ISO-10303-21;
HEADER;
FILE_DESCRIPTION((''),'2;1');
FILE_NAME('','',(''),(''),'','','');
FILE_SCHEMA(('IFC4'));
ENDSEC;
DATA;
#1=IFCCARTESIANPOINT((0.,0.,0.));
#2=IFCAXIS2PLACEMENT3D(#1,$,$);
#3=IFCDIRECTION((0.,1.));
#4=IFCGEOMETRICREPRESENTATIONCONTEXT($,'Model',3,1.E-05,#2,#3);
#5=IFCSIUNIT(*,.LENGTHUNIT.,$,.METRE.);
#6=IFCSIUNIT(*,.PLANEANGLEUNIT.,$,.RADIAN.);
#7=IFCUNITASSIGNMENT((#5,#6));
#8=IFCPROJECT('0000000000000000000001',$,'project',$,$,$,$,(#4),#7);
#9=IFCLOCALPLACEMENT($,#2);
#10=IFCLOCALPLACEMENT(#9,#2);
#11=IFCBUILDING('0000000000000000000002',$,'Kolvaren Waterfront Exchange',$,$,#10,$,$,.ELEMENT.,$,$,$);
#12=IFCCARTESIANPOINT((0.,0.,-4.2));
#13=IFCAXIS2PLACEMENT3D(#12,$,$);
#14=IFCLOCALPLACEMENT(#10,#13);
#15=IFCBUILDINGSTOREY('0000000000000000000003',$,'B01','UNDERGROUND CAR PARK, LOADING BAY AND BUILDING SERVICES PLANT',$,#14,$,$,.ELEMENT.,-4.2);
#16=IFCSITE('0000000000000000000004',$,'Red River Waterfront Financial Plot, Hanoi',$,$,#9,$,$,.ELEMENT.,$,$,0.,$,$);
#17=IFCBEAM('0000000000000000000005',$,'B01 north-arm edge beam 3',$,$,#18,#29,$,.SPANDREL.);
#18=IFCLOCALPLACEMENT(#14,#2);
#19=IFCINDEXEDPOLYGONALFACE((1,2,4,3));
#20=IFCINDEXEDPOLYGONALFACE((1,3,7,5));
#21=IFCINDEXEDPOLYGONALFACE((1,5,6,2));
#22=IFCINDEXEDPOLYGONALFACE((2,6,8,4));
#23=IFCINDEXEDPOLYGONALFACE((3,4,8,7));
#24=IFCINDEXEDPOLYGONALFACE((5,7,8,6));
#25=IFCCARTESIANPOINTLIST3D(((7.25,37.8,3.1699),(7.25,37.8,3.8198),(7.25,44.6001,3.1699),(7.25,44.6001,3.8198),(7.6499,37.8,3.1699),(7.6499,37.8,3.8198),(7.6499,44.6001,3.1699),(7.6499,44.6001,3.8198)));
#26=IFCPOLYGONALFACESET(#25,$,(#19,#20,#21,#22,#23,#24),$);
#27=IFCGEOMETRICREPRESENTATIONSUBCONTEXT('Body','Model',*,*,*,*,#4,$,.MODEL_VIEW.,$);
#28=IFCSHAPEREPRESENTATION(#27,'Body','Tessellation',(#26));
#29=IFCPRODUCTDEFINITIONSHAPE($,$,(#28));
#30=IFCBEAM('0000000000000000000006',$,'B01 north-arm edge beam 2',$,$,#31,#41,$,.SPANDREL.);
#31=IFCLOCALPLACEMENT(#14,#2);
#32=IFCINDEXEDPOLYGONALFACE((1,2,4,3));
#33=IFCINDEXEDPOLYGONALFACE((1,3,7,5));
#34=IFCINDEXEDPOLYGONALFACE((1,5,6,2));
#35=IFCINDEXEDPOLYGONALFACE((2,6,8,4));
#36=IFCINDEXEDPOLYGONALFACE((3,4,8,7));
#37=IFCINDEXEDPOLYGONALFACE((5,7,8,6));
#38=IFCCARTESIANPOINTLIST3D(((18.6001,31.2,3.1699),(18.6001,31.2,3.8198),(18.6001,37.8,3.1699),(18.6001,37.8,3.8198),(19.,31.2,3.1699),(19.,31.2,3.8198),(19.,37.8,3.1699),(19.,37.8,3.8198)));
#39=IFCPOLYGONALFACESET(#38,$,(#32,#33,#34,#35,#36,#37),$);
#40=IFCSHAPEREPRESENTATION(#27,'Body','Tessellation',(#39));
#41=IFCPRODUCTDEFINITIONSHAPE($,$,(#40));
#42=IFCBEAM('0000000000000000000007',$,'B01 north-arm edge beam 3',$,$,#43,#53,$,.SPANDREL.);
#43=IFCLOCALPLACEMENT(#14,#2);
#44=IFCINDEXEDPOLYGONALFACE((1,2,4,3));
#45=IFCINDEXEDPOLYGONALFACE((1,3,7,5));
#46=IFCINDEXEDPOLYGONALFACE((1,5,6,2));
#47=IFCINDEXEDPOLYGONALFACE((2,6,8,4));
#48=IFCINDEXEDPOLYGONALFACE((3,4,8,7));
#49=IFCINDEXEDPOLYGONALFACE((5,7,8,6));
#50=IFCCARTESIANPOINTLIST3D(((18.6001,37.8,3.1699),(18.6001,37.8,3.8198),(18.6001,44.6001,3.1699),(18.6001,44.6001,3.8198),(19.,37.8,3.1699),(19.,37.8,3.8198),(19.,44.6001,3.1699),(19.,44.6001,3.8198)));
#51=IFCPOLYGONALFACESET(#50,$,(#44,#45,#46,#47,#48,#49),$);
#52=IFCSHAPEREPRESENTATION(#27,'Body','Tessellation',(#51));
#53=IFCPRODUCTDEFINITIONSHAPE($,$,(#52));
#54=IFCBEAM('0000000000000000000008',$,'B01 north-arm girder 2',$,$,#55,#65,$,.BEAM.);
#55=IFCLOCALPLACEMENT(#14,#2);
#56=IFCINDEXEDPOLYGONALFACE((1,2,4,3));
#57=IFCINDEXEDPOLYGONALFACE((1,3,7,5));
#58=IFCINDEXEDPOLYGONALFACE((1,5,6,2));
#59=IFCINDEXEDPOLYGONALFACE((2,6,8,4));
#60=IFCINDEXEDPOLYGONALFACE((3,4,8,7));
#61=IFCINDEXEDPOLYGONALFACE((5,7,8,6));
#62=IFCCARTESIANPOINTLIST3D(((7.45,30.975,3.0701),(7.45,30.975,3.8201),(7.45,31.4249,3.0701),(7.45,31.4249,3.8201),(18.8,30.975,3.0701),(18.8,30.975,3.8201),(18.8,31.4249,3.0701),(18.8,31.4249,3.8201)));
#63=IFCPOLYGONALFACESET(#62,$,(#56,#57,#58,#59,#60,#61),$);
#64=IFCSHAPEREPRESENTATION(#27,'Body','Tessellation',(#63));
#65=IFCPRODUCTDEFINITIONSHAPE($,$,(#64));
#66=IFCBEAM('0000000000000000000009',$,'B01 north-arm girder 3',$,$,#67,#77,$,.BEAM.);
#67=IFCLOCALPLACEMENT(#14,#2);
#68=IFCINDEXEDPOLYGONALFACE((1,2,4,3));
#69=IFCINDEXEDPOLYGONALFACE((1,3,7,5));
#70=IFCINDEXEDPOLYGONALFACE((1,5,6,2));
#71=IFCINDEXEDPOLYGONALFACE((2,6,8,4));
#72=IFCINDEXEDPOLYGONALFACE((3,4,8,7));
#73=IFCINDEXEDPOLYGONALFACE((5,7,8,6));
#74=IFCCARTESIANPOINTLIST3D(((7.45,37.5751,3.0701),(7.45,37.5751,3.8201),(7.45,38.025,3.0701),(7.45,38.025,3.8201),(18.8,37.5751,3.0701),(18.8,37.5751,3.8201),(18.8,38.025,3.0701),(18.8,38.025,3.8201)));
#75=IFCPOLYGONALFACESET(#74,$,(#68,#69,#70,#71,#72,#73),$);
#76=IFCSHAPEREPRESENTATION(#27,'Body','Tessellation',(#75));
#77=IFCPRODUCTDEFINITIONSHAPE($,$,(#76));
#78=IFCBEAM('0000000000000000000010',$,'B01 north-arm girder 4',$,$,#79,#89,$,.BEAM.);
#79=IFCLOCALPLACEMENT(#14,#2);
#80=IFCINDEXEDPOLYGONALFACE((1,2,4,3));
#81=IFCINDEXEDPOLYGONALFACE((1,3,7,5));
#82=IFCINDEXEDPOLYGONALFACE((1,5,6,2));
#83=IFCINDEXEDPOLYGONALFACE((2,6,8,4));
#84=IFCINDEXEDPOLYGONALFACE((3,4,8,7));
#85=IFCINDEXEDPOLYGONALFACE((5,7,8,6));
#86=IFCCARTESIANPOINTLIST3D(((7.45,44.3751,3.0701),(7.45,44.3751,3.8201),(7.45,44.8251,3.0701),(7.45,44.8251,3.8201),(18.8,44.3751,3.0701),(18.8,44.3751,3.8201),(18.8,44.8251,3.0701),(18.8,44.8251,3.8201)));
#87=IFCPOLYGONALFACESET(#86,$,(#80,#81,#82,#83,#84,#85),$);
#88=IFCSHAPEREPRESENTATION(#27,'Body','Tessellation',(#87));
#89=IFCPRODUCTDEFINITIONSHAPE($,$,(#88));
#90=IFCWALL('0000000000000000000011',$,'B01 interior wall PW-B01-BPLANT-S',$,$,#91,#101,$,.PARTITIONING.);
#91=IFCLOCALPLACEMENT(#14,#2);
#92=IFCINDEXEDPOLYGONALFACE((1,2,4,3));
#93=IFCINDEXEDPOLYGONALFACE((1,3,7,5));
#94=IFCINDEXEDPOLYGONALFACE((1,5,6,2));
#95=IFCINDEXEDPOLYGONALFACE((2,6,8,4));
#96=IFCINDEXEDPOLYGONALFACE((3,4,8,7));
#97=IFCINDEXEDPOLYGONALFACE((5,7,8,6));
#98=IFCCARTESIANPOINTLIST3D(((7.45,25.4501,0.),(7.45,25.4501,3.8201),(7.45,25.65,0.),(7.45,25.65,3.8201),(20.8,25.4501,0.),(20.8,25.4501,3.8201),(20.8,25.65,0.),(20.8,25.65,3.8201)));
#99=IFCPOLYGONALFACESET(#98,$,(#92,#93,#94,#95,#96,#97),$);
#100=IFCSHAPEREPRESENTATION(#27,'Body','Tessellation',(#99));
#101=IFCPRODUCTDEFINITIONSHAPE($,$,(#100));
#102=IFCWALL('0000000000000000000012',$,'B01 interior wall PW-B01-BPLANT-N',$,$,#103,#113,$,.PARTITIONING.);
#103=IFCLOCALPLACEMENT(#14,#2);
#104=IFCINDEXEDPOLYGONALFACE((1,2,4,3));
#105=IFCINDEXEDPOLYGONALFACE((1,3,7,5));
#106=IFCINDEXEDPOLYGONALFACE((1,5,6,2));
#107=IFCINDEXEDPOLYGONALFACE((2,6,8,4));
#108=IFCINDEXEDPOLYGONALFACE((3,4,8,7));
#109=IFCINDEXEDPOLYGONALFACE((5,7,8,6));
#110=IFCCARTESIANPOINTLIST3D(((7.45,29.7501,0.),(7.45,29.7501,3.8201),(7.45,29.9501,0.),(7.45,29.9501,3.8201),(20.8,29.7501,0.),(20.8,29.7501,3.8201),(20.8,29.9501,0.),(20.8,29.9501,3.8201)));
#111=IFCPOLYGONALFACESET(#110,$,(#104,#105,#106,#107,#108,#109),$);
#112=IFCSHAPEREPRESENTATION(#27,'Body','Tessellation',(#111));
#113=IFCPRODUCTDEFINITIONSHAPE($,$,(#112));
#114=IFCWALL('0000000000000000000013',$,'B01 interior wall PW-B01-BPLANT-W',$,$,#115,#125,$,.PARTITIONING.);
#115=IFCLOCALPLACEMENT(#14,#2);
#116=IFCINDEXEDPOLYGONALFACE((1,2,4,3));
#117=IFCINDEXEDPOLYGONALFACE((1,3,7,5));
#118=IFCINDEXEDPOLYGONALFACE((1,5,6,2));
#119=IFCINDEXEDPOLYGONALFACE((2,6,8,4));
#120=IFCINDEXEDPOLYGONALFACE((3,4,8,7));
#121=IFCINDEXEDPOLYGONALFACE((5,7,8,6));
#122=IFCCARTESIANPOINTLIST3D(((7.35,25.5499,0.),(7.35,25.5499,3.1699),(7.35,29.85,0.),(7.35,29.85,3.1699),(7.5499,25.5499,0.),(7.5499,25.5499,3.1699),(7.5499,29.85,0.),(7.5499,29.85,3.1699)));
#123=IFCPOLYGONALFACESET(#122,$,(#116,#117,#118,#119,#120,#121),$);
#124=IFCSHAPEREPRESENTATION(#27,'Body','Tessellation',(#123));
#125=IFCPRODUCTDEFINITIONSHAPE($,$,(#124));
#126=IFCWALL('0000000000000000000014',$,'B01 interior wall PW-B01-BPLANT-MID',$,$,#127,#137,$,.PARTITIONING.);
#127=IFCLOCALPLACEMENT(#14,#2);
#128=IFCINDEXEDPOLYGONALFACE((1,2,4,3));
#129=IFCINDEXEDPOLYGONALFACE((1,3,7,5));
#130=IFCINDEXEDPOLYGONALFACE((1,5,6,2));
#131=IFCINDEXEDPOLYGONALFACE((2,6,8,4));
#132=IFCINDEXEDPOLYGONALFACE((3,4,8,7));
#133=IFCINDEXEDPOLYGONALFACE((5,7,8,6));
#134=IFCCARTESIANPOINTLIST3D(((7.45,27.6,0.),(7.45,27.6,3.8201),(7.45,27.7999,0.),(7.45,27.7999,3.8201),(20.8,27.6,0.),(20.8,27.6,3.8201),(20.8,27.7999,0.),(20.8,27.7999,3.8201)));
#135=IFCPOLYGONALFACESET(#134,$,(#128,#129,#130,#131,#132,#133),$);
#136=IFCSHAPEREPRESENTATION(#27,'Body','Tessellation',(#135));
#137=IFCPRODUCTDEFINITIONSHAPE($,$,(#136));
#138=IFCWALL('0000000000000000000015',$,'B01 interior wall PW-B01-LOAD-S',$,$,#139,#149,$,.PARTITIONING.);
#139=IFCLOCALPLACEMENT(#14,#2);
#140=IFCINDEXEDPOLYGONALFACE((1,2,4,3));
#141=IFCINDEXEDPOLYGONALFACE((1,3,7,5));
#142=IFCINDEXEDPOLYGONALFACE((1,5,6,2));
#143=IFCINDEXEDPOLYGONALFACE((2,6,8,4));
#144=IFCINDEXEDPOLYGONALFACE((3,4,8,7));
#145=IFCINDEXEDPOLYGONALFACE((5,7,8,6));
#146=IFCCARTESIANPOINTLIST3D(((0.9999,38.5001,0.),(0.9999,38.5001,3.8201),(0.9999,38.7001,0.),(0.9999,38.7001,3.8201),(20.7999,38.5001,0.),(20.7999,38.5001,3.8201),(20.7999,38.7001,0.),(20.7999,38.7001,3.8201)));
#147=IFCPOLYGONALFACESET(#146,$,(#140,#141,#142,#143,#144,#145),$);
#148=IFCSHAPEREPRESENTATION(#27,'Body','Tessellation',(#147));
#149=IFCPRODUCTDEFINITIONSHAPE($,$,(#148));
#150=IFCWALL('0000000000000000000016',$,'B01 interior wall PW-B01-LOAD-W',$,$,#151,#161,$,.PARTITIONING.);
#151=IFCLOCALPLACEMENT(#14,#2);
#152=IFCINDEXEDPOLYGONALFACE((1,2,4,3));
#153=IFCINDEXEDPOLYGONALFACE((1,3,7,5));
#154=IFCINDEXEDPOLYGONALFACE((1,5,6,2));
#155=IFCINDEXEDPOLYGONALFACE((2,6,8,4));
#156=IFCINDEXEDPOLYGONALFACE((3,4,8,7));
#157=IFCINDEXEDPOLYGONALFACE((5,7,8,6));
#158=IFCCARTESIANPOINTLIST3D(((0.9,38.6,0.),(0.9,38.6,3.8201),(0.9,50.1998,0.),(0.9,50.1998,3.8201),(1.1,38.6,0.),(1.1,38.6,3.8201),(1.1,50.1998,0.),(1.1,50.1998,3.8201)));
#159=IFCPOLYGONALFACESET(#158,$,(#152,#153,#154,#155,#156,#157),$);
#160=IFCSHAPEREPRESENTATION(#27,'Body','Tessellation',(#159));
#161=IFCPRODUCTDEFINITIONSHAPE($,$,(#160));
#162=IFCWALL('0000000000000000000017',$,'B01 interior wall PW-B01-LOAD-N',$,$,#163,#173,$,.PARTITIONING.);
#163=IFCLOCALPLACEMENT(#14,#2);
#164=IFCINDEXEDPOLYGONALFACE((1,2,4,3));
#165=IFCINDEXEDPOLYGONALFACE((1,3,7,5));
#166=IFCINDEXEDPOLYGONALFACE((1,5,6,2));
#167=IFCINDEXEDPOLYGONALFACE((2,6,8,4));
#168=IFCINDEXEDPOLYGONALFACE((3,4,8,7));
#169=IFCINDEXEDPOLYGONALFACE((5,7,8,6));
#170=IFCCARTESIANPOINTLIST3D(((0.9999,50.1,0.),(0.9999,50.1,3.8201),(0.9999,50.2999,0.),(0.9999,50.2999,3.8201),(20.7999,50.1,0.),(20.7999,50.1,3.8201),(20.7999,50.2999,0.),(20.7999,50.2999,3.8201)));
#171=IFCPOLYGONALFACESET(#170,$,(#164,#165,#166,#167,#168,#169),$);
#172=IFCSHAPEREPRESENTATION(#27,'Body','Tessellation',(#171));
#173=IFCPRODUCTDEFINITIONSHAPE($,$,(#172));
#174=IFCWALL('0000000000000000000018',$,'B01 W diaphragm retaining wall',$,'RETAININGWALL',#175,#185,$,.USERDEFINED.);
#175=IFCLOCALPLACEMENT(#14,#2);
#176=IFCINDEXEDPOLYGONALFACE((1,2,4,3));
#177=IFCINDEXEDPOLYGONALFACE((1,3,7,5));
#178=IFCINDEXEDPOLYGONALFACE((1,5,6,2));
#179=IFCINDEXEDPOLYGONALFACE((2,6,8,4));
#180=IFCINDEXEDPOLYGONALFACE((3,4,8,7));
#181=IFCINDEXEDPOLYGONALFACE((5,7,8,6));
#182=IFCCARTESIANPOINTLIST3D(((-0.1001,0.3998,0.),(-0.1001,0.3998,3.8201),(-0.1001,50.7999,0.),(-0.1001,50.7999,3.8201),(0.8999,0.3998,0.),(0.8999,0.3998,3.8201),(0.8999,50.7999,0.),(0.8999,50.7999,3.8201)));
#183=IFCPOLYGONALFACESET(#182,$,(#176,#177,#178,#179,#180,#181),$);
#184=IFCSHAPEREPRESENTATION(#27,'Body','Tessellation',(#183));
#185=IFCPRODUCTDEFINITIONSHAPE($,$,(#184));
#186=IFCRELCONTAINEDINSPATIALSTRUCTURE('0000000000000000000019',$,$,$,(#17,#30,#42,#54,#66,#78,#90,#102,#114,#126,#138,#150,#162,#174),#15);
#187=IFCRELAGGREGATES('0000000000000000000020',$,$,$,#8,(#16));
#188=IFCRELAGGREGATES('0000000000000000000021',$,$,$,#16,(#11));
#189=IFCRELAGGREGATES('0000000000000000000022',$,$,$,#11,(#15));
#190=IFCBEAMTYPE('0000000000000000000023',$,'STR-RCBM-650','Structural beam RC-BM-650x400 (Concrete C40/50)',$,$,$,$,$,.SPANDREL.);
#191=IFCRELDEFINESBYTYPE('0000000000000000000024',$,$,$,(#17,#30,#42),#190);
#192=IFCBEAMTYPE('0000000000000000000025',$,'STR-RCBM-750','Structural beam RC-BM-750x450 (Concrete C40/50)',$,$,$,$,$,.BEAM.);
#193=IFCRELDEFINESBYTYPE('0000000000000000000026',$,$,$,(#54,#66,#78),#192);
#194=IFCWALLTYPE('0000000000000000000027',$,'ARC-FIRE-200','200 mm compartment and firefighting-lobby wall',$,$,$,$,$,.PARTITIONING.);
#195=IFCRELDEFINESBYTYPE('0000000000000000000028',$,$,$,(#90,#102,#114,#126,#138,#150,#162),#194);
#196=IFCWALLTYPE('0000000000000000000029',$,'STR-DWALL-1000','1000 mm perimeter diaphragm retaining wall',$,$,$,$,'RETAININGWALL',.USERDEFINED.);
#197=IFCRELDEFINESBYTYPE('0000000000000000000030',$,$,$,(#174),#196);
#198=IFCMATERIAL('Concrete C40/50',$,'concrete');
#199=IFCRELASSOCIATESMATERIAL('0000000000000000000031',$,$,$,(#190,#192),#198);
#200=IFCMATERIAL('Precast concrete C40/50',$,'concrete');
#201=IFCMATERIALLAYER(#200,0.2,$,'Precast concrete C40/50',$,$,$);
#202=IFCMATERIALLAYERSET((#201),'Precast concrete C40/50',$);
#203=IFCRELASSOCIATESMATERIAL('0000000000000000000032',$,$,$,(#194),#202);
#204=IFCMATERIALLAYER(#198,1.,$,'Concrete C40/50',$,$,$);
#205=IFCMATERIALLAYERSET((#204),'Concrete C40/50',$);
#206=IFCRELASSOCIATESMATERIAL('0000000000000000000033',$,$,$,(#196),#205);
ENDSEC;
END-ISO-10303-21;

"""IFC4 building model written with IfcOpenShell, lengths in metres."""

from ifc_helpers import new_model, si_unit, direction, frame, frame_2d, origin, origin_2d, place, context, subcontext, project, spatial, rectangle, extrude, material, layer, layer_set, material_profile, profile_set, type_object, element, save


model = new_model("IFC4")

# Units and contexts
model_context = context("Model", 3, precision=1e-05, world=origin(), true_north=direction((0.0, 1.0)))
body_context = subcontext(model_context, "Body", "Model", "MODEL_VIEW")
ifc_project = project(units=[si_unit("LENGTHUNIT", "METRE"), si_unit("PLANEANGLEUNIT", "RADIAN")], contexts=[model_context])

# Site, building, storey
site_placement = place(None, origin())
site = spatial("IfcSite", under=ifc_project, at=site_placement, Name="Red River Waterfront Financial Plot, Hanoi", CompositionType="ELEMENT", RefElevation=0.0)
building_placement = place(site_placement, origin())
building = spatial("IfcBuilding", under=site, at=building_placement, Name="Kolvaren Waterfront Exchange", CompositionType="ELEMENT")
storey_placement = place(building_placement, frame((0.0, 0.0, -4.2)))
storey = spatial("IfcBuildingStorey", under=building, at=storey_placement, Name="B01", Description="UNDERGROUND CAR PARK, LOADING BAY AND BUILDING SERVICES PLANT", CompositionType="ELEMENT", Elevation=-4.2)

# Beams
ifc_material_1 = material(Name="Concrete C40/50", Category="concrete")
ifc_material_profile_1 = material_profile(ifc_material_1, rectangle(XDim=0.3999, YDim=0.6499, at=origin_2d()), Name="RC-BM-650x400")
ifc_profile_set_1 = profile_set([ifc_material_profile_1], Name="Concrete C40/50")
beam_type_1 = type_object("IfcBeamType", Name="STR-RCBM-650", Description="Structural beam RC-BM-650x400 (Concrete C40/50)", PredefinedType="SPANDREL", material=ifc_profile_set_1)
beam_1_placement = place(storey_placement, frame((7.45, 37.8, 3.4949), z_axis=(0.0, 1.0, 0.0), x_axis=(-1.0, 0.0, 0.0)))
element("IfcBeam", 1, at=beam_1_placement, inside=storey, type_object=beam_type_1, Name="B01 north-arm edge beam 3", PredefinedType="SPANDREL", context=body_context, shape_type="SweptSolid", body=[
    extrude(rectangle(XDim=0.3999, YDim=0.6499, at=origin_2d()), origin(), (0.0, 0.0, 1.0), 6.8),
])
beam_2_placement = place(storey_placement, frame((18.8, 31.2, 3.4949), z_axis=(0.0, 1.0, 0.0), x_axis=(-1.0, 0.0, 0.0)))
element("IfcBeam", 2, at=beam_2_placement, inside=storey, type_object=beam_type_1, Name="B01 north-arm edge beam 2", PredefinedType="SPANDREL", context=body_context, shape_type="SweptSolid", body=[
    extrude(rectangle(XDim=0.3999, YDim=0.6499, at=origin_2d()), origin(), (0.0, 0.0, 1.0), 6.6001),
])
beam_3_placement = place(storey_placement, frame((18.8, 37.8, 3.4949), z_axis=(0.0, 1.0, 0.0), x_axis=(-1.0, 0.0, 0.0)))
element("IfcBeam", 3, at=beam_3_placement, inside=storey, type_object=beam_type_1, Name="B01 north-arm edge beam 3", PredefinedType="SPANDREL", context=body_context, shape_type="SweptSolid", body=[
    extrude(rectangle(XDim=0.3999, YDim=0.6499, at=origin_2d()), origin(), (0.0, 0.0, 1.0), 6.8),
])
ifc_material_profile_2 = material_profile(ifc_material_1, rectangle(XDim=0.45, YDim=0.75, at=origin_2d()), Name="RC-BM-750x450")
ifc_profile_set_2 = profile_set([ifc_material_profile_2], Name="Concrete C40/50")
beam_type_2 = type_object("IfcBeamType", Name="STR-RCBM-750", Description="Structural beam RC-BM-750x450 (Concrete C40/50)", PredefinedType="BEAM", material=ifc_profile_set_2)
for number, where, z_axis, x_axis, name in (
    (4, (7.45, 31.2, 3.4451), (1.0, 0.0, 0.0), (0.0, 1.0, 0.0), "B01 north-arm girder 2"),
    (5, (7.45, 37.8, 3.4451), (1.0, 0.0, 0.0), (0.0, 1.0, 0.0), "B01 north-arm girder 3"),
    (6, (7.45, 44.6001, 3.4451), (1.0, 0.0, 0.0), (0.0, 1.0, 0.0), "B01 north-arm girder 4"),
):
    element("IfcBeam", number, at=place(storey_placement, frame(where, z_axis=z_axis, x_axis=x_axis)), inside=storey, type_object=beam_type_2, Name=name, PredefinedType="BEAM", context=body_context, shape_type="SweptSolid", body=[
        extrude(rectangle(XDim=0.45, YDim=0.75, at=origin_2d()), origin(), (0.0, 0.0, 1.0), 11.3501),
    ])

# Walls
ifc_material_2 = material(Name="Precast concrete C40/50", Category="concrete")
ifc_layer_1 = layer(ifc_material_2, 0.2, Name="Precast concrete C40/50")
ifc_layer_set_1 = layer_set([ifc_layer_1], Name="Precast concrete C40/50")
wall_type_1 = type_object("IfcWallType", Name="ARC-FIRE-200", Description="200 mm compartment and firefighting-lobby wall", PredefinedType="PARTITIONING", material=ifc_layer_set_1)
for number, where, z_axis, x_axis, name in (
    (7, (7.45, 25.55, 0.0), (0.0, 0.0, 1.0), (1.0, 0.0, 0.0), "B01 interior wall PW-B01-BPLANT-S"),
    (8, (7.45, 29.8501, 0.0), (0.0, 0.0, 1.0), (1.0, 0.0, 0.0), "B01 interior wall PW-B01-BPLANT-N"),
):
    element("IfcWall", number, at=place(storey_placement, frame(where, z_axis=z_axis, x_axis=x_axis)), inside=storey, type_object=wall_type_1, Name=name, PredefinedType="PARTITIONING", context=body_context, shape_type="SweptSolid", body=[
        extrude(rectangle(XDim=13.3501, YDim=0.2, at=frame_2d((6.675, 0.0))), origin(), (0.0, 0.0, 1.0), 3.8201),
    ])
wall_1_placement = place(storey_placement, frame((7.45, 25.55, 0.0), z_axis=(0.0, 0.0, 1.0), x_axis=(0.0, 1.0, 0.0)))
element("IfcWall", 9, at=wall_1_placement, inside=storey, type_object=wall_type_1, Name="B01 interior wall PW-B01-BPLANT-W", PredefinedType="PARTITIONING", context=body_context, shape_type="SweptSolid", body=[
    extrude(rectangle(XDim=4.3, YDim=0.2, at=frame_2d((2.1499, 0.0))), origin(), (0.0, 0.0, 1.0), 3.1699),
])
wall_2_placement = place(storey_placement, frame((7.45, 27.7, 0.0), z_axis=(0.0, 0.0, 1.0), x_axis=(1.0, 0.0, 0.0)))
element("IfcWall", 10, at=wall_2_placement, inside=storey, type_object=wall_type_1, Name="B01 interior wall PW-B01-BPLANT-MID", PredefinedType="PARTITIONING", context=body_context, shape_type="SweptSolid", body=[
    extrude(rectangle(XDim=13.3501, YDim=0.2, at=frame_2d((6.675, 0.0))), origin(), (0.0, 0.0, 1.0), 3.8201),
])
wall_3_placement = place(storey_placement, frame((1.0, 38.6001, 0.0), z_axis=(0.0, 0.0, 1.0), x_axis=(1.0, 0.0, 0.0)))
element("IfcWall", 11, at=wall_3_placement, inside=storey, type_object=wall_type_1, Name="B01 interior wall PW-B01-LOAD-S", PredefinedType="PARTITIONING", context=body_context, shape_type="SweptSolid", body=[
    extrude(rectangle(XDim=19.8, YDim=0.2, at=frame_2d((9.8999, 0.0))), origin(), (0.0, 0.0, 1.0), 3.8201),
])
wall_4_placement = place(storey_placement, frame((1.0, 38.6001, 0.0), z_axis=(0.0, 0.0, 1.0), x_axis=(0.0, 1.0, 0.0)))
element("IfcWall", 12, at=wall_4_placement, inside=storey, type_object=wall_type_1, Name="B01 interior wall PW-B01-LOAD-W", PredefinedType="PARTITIONING", context=body_context, shape_type="SweptSolid", body=[
    extrude(rectangle(XDim=11.5999, YDim=0.2, at=frame_2d((5.7998, 0.0))), origin(), (0.0, 0.0, 1.0), 3.8201),
])
wall_5_placement = place(storey_placement, frame((1.0, 50.2, 0.0), z_axis=(0.0, 0.0, 1.0), x_axis=(1.0, 0.0, 0.0)))
element("IfcWall", 13, at=wall_5_placement, inside=storey, type_object=wall_type_1, Name="B01 interior wall PW-B01-LOAD-N", PredefinedType="PARTITIONING", context=body_context, shape_type="SweptSolid", body=[
    extrude(rectangle(XDim=19.8, YDim=0.2, at=frame_2d((9.8999, 0.0))), origin(), (0.0, 0.0, 1.0), 3.8201),
])
ifc_layer_2 = layer(ifc_material_1, 1.0, Name="Concrete C40/50")
ifc_layer_set_2 = layer_set([ifc_layer_2], Name="Concrete C40/50")
wall_type_2 = type_object("IfcWallType", Name="STR-DWALL-1000", Description="1000 mm perimeter diaphragm retaining wall", ElementType="RETAININGWALL", PredefinedType="USERDEFINED", material=ifc_layer_set_2)
wall_6_placement = place(storey_placement, frame((0.3999, 50.8, 0.0), z_axis=(0.0, 0.0, 1.0), x_axis=(0.0, -1.0, 0.0)))
element("IfcWall", 14, at=wall_6_placement, inside=storey, type_object=wall_type_2, Name="B01 W diaphragm retaining wall", ObjectType="RETAININGWALL", PredefinedType="USERDEFINED", context=body_context, shape_type="SweptSolid", body=[
    extrude(rectangle(XDim=50.4001, YDim=1.0, at=frame_2d((25.2002, 0.0))), origin(), (0.0, 0.0, 1.0), 3.8201),
])

save(model, "model.ifc")
